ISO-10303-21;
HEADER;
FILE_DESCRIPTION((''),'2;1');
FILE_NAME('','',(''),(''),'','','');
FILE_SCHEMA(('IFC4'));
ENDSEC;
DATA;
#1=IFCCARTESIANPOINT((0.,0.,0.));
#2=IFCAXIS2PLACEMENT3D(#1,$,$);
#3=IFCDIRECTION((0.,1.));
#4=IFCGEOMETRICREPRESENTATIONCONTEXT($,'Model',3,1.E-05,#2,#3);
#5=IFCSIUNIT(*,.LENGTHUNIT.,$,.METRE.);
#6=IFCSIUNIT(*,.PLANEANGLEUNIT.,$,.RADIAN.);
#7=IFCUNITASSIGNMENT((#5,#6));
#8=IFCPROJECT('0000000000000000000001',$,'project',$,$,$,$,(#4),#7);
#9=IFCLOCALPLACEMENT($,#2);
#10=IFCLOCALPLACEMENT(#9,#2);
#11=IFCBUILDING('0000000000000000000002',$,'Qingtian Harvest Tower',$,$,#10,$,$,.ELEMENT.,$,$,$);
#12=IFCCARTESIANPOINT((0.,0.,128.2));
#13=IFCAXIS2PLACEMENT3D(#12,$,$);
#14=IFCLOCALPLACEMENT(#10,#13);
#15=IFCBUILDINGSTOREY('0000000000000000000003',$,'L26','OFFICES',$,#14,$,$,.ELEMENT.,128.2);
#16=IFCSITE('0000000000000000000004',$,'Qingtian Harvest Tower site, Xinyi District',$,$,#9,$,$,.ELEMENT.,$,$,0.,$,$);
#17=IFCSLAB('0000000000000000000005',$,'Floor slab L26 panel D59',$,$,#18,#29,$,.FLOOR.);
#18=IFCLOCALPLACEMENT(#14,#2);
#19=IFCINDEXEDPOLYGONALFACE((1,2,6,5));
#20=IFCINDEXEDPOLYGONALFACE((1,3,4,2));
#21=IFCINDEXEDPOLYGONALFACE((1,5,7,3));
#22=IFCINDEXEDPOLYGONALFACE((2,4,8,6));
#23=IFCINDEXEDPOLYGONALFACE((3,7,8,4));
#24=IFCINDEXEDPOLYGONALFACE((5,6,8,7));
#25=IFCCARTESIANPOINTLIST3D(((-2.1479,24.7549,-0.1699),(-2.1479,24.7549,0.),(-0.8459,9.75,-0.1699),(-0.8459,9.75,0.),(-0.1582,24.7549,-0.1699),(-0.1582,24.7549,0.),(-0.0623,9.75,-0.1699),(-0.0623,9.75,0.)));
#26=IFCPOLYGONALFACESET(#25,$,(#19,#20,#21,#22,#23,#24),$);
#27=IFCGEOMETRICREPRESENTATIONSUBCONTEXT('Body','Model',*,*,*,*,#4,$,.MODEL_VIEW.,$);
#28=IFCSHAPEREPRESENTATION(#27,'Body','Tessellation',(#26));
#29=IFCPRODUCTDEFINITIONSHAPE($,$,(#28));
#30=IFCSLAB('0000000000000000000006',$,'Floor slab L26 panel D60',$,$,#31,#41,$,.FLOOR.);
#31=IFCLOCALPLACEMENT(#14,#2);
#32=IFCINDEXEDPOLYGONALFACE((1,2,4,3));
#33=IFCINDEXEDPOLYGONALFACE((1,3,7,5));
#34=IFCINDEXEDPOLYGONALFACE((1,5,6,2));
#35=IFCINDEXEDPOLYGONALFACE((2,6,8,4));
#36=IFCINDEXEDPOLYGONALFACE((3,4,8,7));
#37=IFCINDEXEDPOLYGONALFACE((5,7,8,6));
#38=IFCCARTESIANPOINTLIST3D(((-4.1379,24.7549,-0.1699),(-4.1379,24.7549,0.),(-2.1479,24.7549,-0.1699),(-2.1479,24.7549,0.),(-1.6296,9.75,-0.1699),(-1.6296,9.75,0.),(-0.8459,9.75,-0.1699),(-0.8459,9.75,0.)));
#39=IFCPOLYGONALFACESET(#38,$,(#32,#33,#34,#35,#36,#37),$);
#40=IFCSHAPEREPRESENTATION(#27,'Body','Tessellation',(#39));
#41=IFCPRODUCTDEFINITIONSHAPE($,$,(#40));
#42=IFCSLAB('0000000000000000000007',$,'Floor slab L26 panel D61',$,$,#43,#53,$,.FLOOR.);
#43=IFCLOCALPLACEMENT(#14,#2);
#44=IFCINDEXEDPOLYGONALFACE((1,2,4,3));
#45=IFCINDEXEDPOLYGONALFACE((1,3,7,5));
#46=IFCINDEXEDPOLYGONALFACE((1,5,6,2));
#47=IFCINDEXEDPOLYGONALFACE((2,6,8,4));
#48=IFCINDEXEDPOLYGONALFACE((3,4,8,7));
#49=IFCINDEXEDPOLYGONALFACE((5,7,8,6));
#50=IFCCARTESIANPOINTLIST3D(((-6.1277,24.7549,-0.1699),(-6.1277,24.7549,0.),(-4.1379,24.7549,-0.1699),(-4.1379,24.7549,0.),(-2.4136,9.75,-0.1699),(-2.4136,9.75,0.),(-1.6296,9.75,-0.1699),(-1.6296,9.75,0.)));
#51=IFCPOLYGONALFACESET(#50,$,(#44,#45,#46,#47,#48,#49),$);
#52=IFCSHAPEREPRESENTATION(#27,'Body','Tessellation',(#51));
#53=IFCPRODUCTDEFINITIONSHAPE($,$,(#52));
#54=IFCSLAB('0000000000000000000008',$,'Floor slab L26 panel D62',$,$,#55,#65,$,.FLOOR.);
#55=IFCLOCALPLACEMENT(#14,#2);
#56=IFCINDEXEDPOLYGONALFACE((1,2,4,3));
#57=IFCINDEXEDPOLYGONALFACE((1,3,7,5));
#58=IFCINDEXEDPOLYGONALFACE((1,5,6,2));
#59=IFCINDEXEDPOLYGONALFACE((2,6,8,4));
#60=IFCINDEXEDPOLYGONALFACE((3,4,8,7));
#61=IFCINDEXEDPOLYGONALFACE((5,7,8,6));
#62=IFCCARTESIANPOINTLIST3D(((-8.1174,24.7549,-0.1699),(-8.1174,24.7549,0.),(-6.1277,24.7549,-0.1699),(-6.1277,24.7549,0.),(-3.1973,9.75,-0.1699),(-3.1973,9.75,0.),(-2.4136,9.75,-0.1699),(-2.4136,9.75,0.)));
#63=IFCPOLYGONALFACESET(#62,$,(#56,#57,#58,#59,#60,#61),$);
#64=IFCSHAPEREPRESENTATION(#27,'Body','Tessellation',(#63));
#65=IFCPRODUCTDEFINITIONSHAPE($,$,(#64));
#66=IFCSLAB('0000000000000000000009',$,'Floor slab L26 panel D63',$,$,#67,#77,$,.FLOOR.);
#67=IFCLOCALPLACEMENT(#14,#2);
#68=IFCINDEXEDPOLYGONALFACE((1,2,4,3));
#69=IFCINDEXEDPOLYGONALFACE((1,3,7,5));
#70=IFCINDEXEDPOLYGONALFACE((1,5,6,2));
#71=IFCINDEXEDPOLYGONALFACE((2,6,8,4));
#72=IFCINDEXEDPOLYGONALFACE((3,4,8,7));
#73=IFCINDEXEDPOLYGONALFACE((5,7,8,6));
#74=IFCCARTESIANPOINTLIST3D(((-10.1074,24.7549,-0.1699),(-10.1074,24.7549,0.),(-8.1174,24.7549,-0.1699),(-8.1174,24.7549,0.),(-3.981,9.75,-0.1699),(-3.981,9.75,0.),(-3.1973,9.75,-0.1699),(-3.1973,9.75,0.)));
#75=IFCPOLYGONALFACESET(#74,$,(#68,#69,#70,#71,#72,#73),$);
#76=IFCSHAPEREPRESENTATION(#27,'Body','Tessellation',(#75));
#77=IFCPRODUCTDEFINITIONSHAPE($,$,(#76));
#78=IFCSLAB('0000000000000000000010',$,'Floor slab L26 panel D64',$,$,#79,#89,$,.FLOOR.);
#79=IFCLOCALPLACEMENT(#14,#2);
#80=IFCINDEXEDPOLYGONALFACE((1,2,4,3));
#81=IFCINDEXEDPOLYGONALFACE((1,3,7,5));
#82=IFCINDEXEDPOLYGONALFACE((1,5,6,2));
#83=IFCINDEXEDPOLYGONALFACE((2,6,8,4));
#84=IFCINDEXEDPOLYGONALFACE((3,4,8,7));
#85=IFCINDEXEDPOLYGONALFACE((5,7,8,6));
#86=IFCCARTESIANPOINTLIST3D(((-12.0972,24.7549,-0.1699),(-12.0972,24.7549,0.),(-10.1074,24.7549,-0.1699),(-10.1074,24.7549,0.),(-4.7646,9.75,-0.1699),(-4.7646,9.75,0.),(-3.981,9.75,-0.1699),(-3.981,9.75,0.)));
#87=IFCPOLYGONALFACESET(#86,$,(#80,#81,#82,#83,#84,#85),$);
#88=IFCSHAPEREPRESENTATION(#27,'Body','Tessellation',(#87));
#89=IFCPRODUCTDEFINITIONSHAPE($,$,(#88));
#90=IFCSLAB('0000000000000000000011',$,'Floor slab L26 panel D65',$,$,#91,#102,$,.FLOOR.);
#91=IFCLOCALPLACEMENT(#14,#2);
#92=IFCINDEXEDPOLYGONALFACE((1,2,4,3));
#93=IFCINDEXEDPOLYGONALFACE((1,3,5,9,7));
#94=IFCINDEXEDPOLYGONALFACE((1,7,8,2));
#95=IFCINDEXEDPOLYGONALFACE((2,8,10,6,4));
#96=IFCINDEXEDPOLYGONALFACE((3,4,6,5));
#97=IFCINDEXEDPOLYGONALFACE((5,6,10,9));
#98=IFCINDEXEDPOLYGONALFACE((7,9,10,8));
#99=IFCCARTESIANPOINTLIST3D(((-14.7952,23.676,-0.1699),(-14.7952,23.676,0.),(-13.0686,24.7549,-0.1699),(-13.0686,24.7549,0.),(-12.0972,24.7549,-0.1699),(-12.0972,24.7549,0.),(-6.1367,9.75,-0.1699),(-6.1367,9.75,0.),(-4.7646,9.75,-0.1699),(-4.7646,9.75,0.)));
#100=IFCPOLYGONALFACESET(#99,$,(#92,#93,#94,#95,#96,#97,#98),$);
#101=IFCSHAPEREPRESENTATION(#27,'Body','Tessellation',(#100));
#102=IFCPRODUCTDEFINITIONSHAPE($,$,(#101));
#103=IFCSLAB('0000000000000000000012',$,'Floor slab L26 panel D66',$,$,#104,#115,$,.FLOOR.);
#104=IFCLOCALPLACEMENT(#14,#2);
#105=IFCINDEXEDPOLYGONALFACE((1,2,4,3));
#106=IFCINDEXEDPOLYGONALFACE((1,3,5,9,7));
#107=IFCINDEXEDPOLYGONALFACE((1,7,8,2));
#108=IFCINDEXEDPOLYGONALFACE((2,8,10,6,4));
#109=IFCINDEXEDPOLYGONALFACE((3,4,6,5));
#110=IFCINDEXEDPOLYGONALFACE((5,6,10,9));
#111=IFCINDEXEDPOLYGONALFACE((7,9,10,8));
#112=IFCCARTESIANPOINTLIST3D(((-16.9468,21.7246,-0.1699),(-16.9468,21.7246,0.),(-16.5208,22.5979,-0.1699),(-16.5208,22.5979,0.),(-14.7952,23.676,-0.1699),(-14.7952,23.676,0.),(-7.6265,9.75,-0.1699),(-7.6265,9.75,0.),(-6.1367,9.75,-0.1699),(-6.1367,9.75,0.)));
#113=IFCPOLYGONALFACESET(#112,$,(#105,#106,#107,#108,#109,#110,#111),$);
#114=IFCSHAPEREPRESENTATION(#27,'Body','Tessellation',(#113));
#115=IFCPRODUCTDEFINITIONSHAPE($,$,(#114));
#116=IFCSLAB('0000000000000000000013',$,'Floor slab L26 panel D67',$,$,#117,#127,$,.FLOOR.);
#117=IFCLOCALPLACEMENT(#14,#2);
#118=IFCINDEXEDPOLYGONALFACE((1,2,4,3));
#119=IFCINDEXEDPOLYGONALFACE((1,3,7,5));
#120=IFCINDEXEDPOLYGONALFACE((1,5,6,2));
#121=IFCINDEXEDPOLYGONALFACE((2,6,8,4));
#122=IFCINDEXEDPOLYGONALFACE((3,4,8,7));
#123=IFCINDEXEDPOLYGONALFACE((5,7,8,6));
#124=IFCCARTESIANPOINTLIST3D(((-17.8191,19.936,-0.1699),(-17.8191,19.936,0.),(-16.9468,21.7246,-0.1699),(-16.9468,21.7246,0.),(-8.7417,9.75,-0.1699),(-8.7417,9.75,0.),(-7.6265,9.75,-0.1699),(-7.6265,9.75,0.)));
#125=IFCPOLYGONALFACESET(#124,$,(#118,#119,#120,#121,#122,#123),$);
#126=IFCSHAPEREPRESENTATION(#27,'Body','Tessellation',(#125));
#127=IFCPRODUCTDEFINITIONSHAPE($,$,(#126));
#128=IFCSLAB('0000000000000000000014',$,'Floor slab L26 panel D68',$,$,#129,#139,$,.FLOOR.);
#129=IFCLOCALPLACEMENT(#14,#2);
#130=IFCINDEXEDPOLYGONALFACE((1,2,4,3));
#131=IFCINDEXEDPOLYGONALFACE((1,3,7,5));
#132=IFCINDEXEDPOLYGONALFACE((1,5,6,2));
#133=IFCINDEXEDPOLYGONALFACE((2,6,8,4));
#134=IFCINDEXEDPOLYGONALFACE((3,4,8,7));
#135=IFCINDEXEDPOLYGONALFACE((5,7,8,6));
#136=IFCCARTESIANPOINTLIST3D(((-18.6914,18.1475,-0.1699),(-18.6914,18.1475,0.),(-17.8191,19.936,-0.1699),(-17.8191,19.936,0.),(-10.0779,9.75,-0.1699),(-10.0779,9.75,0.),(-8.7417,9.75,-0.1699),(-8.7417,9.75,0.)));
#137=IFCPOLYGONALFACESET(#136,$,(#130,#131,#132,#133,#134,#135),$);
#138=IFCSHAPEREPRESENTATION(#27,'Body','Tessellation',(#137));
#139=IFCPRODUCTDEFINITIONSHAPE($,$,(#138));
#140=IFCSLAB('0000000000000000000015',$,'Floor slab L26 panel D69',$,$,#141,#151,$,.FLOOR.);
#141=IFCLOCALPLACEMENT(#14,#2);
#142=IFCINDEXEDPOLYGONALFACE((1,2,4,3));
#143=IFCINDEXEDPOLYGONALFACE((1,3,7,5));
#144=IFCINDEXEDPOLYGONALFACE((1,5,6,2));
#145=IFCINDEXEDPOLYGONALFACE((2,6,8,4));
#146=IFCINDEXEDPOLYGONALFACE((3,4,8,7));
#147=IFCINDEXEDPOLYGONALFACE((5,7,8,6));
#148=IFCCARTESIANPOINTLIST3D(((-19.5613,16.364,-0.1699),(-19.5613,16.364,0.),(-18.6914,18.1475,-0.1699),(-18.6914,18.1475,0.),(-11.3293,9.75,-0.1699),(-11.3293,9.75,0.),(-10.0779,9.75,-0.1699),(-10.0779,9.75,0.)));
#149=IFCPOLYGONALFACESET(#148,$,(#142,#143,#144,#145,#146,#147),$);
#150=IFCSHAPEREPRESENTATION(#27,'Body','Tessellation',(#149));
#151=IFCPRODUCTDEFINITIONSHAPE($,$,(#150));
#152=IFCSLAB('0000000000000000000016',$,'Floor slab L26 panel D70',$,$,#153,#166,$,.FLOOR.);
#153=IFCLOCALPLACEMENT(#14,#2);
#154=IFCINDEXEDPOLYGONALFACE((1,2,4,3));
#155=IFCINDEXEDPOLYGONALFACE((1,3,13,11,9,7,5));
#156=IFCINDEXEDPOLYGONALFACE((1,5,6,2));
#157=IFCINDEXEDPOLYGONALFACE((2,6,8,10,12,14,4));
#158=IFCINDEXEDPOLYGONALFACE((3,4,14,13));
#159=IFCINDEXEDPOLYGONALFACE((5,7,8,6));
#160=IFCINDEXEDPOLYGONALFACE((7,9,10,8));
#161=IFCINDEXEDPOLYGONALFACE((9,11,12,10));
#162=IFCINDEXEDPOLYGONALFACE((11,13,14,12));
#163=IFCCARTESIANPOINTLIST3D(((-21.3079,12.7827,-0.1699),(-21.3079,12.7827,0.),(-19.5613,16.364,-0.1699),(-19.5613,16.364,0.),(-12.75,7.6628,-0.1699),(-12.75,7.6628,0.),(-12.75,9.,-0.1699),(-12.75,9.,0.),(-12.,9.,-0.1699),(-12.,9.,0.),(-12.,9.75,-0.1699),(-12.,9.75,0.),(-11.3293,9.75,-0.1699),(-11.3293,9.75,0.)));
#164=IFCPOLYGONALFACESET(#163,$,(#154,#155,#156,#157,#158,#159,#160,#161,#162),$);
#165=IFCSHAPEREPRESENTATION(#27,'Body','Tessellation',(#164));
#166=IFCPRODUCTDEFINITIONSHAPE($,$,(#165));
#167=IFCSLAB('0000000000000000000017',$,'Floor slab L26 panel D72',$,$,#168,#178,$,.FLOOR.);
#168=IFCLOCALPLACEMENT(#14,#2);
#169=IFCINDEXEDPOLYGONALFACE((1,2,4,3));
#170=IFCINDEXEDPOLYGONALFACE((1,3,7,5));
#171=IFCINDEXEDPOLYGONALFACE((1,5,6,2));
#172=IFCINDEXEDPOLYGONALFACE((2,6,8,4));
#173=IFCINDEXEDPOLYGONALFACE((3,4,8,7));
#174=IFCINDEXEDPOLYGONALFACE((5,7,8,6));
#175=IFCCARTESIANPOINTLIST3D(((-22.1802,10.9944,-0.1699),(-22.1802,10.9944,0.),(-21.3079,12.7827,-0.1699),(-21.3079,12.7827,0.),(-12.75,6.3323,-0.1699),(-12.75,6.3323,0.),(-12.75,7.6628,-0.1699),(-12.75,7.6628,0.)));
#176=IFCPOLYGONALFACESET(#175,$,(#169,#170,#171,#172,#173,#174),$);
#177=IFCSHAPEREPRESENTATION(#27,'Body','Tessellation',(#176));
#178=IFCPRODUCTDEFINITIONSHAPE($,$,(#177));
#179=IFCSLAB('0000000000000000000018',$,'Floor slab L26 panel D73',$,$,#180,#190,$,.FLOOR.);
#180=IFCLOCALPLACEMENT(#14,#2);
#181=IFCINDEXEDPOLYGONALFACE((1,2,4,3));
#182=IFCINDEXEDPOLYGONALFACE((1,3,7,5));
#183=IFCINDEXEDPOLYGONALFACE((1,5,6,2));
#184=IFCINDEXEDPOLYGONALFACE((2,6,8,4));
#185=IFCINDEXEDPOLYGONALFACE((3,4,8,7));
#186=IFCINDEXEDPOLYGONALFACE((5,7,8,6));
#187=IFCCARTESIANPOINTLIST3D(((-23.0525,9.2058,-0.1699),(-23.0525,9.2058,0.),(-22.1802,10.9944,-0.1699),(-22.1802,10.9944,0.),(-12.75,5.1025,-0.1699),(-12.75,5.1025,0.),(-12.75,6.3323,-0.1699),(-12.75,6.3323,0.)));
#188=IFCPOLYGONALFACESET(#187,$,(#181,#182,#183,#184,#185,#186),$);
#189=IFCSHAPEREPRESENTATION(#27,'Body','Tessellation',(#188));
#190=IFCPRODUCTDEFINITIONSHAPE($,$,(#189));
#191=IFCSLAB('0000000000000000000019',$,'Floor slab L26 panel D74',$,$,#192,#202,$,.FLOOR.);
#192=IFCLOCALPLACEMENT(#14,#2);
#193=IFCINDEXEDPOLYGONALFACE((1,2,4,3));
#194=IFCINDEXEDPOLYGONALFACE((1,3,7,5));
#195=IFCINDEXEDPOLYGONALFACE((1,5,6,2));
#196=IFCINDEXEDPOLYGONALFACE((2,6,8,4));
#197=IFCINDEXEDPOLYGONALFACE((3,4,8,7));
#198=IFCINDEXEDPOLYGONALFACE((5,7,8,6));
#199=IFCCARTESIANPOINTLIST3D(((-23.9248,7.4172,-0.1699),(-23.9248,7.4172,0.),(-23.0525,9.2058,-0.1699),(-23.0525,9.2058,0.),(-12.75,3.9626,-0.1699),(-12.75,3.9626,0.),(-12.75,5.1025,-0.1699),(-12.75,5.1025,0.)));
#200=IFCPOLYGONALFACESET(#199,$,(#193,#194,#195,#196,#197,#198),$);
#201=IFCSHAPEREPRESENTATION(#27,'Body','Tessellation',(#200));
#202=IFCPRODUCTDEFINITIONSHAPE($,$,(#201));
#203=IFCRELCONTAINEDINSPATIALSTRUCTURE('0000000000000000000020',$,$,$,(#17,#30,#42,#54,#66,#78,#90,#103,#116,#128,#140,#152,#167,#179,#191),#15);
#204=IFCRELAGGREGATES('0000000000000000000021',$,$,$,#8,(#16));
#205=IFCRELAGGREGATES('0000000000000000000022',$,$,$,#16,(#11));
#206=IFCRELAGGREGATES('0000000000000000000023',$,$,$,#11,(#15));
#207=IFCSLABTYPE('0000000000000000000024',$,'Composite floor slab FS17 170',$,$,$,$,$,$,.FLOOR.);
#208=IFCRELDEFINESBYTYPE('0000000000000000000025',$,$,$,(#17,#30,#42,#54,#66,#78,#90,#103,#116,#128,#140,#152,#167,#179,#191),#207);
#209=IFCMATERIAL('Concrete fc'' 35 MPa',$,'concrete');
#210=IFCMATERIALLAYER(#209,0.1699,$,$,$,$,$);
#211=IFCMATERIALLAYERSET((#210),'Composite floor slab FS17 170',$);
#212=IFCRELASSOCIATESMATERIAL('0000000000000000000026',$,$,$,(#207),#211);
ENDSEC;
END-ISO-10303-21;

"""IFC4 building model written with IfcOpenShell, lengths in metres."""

from ifc_helpers import new_model, si_unit, direction, frame, origin, place, context, subcontext, project, spatial, polyline, outline, extrude, material, layer, layer_set, type_object, element, save


model = new_model("IFC4")

# Units and contexts
model_context = context("Model", 3, precision=1e-05, world=origin(), true_north=direction((0.0, 1.0)))
body_context = subcontext(model_context, "Body", "Model", "MODEL_VIEW")
ifc_project = project(units=[si_unit("LENGTHUNIT", "METRE"), si_unit("PLANEANGLEUNIT", "RADIAN")], contexts=[model_context])

# Site, building, storey
site_placement = place(None, origin())
site = spatial("IfcSite", under=ifc_project, at=site_placement, Name="Qingtian Harvest Tower site, Xinyi District", CompositionType="ELEMENT", RefElevation=0.0)
building_placement = place(site_placement, origin())
building = spatial("IfcBuilding", under=site, at=building_placement, Name="Qingtian Harvest Tower", CompositionType="ELEMENT")
storey_placement = place(building_placement, frame((0.0, 0.0, 128.2)))
storey = spatial("IfcBuildingStorey", under=building, at=storey_placement, Name="L26", Description="OFFICES", CompositionType="ELEMENT", Elevation=128.2)

# Slabs
ifc_material_1 = material(Name="Concrete fc' 35 MPa", Category="concrete")
ifc_layer_1 = layer(ifc_material_1, 0.1699)
ifc_layer_set_1 = layer_set([ifc_layer_1], Name="Composite floor slab FS17 170")
slab_type = type_object("IfcSlabType", Name="Composite floor slab FS17 170", PredefinedType="FLOOR", material=ifc_layer_set_1)
slab_1_placement = place(storey_placement, frame((0.0, 0.0, -0.1699)))
element("IfcSlab", 1, at=slab_1_placement, inside=storey, type_object=slab_type, Name="Floor slab L26 panel D59", PredefinedType="FLOOR", context=body_context, shape_type="SweptSolid", body=[
    extrude(outline(polyline([(-0.8459, 9.75), (-2.1479, 24.7549), (-0.1582, 24.7549), (-0.0623, 9.75), (-0.8459, 9.75)])), origin(), (0.0, 0.0, 1.0), 0.1699),
])
slab_2_placement = place(storey_placement, frame((0.0, 0.0, -0.1699)))
element("IfcSlab", 2, at=slab_2_placement, inside=storey, type_object=slab_type, Name="Floor slab L26 panel D60", PredefinedType="FLOOR", context=body_context, shape_type="SweptSolid", body=[
    extrude(outline(polyline([(-1.6296, 9.75), (-4.1379, 24.7549), (-2.1479, 24.7549), (-0.8459, 9.75), (-1.6296, 9.75)])), origin(), (0.0, 0.0, 1.0), 0.1699),
])
slab_3_placement = place(storey_placement, frame((0.0, 0.0, -0.1699)))
element("IfcSlab", 3, at=slab_3_placement, inside=storey, type_object=slab_type, Name="Floor slab L26 panel D61", PredefinedType="FLOOR", context=body_context, shape_type="SweptSolid", body=[
    extrude(outline(polyline([(-2.4136, 9.75), (-6.1277, 24.7549), (-4.1379, 24.7549), (-1.6296, 9.75), (-2.4136, 9.75)])), origin(), (0.0, 0.0, 1.0), 0.1699),
])
slab_4_placement = place(storey_placement, frame((0.0, 0.0, -0.1699)))
element("IfcSlab", 4, at=slab_4_placement, inside=storey, type_object=slab_type, Name="Floor slab L26 panel D62", PredefinedType="FLOOR", context=body_context, shape_type="SweptSolid", body=[
    extrude(outline(polyline([(-3.1973, 9.75), (-8.1174, 24.7549), (-6.1277, 24.7549), (-2.4136, 9.75), (-3.1973, 9.75)])), origin(), (0.0, 0.0, 1.0), 0.1699),
])
slab_5_placement = place(storey_placement, frame((0.0, 0.0, -0.1699)))
element("IfcSlab", 5, at=slab_5_placement, inside=storey, type_object=slab_type, Name="Floor slab L26 panel D63", PredefinedType="FLOOR", context=body_context, shape_type="SweptSolid", body=[
    extrude(outline(polyline([(-3.981, 9.75), (-10.1074, 24.7549), (-8.1174, 24.7549), (-3.1973, 9.75), (-3.981, 9.75)])), origin(), (0.0, 0.0, 1.0), 0.1699),
])
slab_6_placement = place(storey_placement, frame((0.0, 0.0, -0.1699)))
element("IfcSlab", 6, at=slab_6_placement, inside=storey, type_object=slab_type, Name="Floor slab L26 panel D64", PredefinedType="FLOOR", context=body_context, shape_type="SweptSolid", body=[
    extrude(outline(polyline([(-4.7646, 9.75), (-12.0972, 24.7549), (-10.1074, 24.7549), (-3.981, 9.75), (-4.7646, 9.75)])), origin(), (0.0, 0.0, 1.0), 0.1699),
])
slab_7_placement = place(storey_placement, frame((0.0, 0.0, -0.1699)))
element("IfcSlab", 7, at=slab_7_placement, inside=storey, type_object=slab_type, Name="Floor slab L26 panel D65", PredefinedType="FLOOR", context=body_context, shape_type="SweptSolid", body=[
    extrude(outline(polyline([(-4.7646, 9.75), (-6.1367, 9.75), (-14.7952, 23.676), (-13.0686, 24.7549), (-12.0972, 24.7549), (-4.7646, 9.75)])), origin(), (0.0, 0.0, 1.0), 0.1699),
])
slab_8_placement = place(storey_placement, frame((0.0, 0.0, -0.1699)))
element("IfcSlab", 8, at=slab_8_placement, inside=storey, type_object=slab_type, Name="Floor slab L26 panel D66", PredefinedType="FLOOR", context=body_context, shape_type="SweptSolid", body=[
    extrude(outline(polyline([(-6.1367, 9.75), (-7.6265, 9.75), (-16.9468, 21.7246), (-16.5208, 22.5979), (-14.7952, 23.676), (-6.1367, 9.75)])), origin(), (0.0, 0.0, 1.0), 0.1699),
])
slab_9_placement = place(storey_placement, frame((0.0, 0.0, -0.1699)))
element("IfcSlab", 9, at=slab_9_placement, inside=storey, type_object=slab_type, Name="Floor slab L26 panel D67", PredefinedType="FLOOR", context=body_context, shape_type="SweptSolid", body=[
    extrude(outline(polyline([(-8.7417, 9.75), (-17.8191, 19.936), (-16.9468, 21.7246), (-7.6265, 9.75), (-8.7417, 9.75)])), origin(), (0.0, 0.0, 1.0), 0.1699),
])
slab_10_placement = place(storey_placement, frame((0.0, 0.0, -0.1699)))
element("IfcSlab", 10, at=slab_10_placement, inside=storey, type_object=slab_type, Name="Floor slab L26 panel D68", PredefinedType="FLOOR", context=body_context, shape_type="SweptSolid", body=[
    extrude(outline(polyline([(-10.0779, 9.75), (-18.6914, 18.1475), (-17.8191, 19.936), (-8.7417, 9.75), (-10.0779, 9.75)])), origin(), (0.0, 0.0, 1.0), 0.1699),
])
slab_11_placement = place(storey_placement, frame((0.0, 0.0, -0.1699)))
element("IfcSlab", 11, at=slab_11_placement, inside=storey, type_object=slab_type, Name="Floor slab L26 panel D69", PredefinedType="FLOOR", context=body_context, shape_type="SweptSolid", body=[
    extrude(outline(polyline([(-11.3293, 9.75), (-19.5613, 16.364), (-18.6914, 18.1475), (-10.0779, 9.75), (-11.3293, 9.75)])), origin(), (0.0, 0.0, 1.0), 0.1699),
])
slab_12_placement = place(storey_placement, frame((0.0, 0.0, -0.1699)))
element("IfcSlab", 12, at=slab_12_placement, inside=storey, type_object=slab_type, Name="Floor slab L26 panel D70", PredefinedType="FLOOR", context=body_context, shape_type="SweptSolid", body=[
    extrude(outline(polyline([(-12.0, 9.0), (-12.75, 9.0), (-12.75, 7.6628), (-21.3079, 12.7827), (-19.5613, 16.364), (-11.3293, 9.75), (-12.0, 9.75), (-12.0, 9.0)])), origin(), (0.0, 0.0, 1.0), 0.1699),
])
slab_13_placement = place(storey_placement, frame((0.0, 0.0, -0.1699)))
element("IfcSlab", 13, at=slab_13_placement, inside=storey, type_object=slab_type, Name="Floor slab L26 panel D72", PredefinedType="FLOOR", context=body_context, shape_type="SweptSolid", body=[
    extrude(outline(polyline([(-12.75, 6.3323), (-22.1802, 10.9944), (-21.3079, 12.7827), (-12.75, 7.6628), (-12.75, 6.3323)])), origin(), (0.0, 0.0, 1.0), 0.1699),
])
slab_14_placement = place(storey_placement, frame((0.0, 0.0, -0.1699)))
element("IfcSlab", 14, at=slab_14_placement, inside=storey, type_object=slab_type, Name="Floor slab L26 panel D73", PredefinedType="FLOOR", context=body_context, shape_type="SweptSolid", body=[
    extrude(outline(polyline([(-12.75, 5.1025), (-23.0525, 9.2058), (-22.1802, 10.9944), (-12.75, 6.3323), (-12.75, 5.1025)])), origin(), (0.0, 0.0, 1.0), 0.1699),
])
slab_15_placement = place(storey_placement, frame((0.0, 0.0, -0.1699)))
element("IfcSlab", 15, at=slab_15_placement, inside=storey, type_object=slab_type, Name="Floor slab L26 panel D74", PredefinedType="FLOOR", context=body_context, shape_type="SweptSolid", body=[
    extrude(outline(polyline([(-12.75, 3.9626), (-23.9248, 7.4172), (-23.0525, 9.2058), (-12.75, 5.1025), (-12.75, 3.9626)])), origin(), (0.0, 0.0, 1.0), 0.1699),
])

save(model, "model.ifc")
